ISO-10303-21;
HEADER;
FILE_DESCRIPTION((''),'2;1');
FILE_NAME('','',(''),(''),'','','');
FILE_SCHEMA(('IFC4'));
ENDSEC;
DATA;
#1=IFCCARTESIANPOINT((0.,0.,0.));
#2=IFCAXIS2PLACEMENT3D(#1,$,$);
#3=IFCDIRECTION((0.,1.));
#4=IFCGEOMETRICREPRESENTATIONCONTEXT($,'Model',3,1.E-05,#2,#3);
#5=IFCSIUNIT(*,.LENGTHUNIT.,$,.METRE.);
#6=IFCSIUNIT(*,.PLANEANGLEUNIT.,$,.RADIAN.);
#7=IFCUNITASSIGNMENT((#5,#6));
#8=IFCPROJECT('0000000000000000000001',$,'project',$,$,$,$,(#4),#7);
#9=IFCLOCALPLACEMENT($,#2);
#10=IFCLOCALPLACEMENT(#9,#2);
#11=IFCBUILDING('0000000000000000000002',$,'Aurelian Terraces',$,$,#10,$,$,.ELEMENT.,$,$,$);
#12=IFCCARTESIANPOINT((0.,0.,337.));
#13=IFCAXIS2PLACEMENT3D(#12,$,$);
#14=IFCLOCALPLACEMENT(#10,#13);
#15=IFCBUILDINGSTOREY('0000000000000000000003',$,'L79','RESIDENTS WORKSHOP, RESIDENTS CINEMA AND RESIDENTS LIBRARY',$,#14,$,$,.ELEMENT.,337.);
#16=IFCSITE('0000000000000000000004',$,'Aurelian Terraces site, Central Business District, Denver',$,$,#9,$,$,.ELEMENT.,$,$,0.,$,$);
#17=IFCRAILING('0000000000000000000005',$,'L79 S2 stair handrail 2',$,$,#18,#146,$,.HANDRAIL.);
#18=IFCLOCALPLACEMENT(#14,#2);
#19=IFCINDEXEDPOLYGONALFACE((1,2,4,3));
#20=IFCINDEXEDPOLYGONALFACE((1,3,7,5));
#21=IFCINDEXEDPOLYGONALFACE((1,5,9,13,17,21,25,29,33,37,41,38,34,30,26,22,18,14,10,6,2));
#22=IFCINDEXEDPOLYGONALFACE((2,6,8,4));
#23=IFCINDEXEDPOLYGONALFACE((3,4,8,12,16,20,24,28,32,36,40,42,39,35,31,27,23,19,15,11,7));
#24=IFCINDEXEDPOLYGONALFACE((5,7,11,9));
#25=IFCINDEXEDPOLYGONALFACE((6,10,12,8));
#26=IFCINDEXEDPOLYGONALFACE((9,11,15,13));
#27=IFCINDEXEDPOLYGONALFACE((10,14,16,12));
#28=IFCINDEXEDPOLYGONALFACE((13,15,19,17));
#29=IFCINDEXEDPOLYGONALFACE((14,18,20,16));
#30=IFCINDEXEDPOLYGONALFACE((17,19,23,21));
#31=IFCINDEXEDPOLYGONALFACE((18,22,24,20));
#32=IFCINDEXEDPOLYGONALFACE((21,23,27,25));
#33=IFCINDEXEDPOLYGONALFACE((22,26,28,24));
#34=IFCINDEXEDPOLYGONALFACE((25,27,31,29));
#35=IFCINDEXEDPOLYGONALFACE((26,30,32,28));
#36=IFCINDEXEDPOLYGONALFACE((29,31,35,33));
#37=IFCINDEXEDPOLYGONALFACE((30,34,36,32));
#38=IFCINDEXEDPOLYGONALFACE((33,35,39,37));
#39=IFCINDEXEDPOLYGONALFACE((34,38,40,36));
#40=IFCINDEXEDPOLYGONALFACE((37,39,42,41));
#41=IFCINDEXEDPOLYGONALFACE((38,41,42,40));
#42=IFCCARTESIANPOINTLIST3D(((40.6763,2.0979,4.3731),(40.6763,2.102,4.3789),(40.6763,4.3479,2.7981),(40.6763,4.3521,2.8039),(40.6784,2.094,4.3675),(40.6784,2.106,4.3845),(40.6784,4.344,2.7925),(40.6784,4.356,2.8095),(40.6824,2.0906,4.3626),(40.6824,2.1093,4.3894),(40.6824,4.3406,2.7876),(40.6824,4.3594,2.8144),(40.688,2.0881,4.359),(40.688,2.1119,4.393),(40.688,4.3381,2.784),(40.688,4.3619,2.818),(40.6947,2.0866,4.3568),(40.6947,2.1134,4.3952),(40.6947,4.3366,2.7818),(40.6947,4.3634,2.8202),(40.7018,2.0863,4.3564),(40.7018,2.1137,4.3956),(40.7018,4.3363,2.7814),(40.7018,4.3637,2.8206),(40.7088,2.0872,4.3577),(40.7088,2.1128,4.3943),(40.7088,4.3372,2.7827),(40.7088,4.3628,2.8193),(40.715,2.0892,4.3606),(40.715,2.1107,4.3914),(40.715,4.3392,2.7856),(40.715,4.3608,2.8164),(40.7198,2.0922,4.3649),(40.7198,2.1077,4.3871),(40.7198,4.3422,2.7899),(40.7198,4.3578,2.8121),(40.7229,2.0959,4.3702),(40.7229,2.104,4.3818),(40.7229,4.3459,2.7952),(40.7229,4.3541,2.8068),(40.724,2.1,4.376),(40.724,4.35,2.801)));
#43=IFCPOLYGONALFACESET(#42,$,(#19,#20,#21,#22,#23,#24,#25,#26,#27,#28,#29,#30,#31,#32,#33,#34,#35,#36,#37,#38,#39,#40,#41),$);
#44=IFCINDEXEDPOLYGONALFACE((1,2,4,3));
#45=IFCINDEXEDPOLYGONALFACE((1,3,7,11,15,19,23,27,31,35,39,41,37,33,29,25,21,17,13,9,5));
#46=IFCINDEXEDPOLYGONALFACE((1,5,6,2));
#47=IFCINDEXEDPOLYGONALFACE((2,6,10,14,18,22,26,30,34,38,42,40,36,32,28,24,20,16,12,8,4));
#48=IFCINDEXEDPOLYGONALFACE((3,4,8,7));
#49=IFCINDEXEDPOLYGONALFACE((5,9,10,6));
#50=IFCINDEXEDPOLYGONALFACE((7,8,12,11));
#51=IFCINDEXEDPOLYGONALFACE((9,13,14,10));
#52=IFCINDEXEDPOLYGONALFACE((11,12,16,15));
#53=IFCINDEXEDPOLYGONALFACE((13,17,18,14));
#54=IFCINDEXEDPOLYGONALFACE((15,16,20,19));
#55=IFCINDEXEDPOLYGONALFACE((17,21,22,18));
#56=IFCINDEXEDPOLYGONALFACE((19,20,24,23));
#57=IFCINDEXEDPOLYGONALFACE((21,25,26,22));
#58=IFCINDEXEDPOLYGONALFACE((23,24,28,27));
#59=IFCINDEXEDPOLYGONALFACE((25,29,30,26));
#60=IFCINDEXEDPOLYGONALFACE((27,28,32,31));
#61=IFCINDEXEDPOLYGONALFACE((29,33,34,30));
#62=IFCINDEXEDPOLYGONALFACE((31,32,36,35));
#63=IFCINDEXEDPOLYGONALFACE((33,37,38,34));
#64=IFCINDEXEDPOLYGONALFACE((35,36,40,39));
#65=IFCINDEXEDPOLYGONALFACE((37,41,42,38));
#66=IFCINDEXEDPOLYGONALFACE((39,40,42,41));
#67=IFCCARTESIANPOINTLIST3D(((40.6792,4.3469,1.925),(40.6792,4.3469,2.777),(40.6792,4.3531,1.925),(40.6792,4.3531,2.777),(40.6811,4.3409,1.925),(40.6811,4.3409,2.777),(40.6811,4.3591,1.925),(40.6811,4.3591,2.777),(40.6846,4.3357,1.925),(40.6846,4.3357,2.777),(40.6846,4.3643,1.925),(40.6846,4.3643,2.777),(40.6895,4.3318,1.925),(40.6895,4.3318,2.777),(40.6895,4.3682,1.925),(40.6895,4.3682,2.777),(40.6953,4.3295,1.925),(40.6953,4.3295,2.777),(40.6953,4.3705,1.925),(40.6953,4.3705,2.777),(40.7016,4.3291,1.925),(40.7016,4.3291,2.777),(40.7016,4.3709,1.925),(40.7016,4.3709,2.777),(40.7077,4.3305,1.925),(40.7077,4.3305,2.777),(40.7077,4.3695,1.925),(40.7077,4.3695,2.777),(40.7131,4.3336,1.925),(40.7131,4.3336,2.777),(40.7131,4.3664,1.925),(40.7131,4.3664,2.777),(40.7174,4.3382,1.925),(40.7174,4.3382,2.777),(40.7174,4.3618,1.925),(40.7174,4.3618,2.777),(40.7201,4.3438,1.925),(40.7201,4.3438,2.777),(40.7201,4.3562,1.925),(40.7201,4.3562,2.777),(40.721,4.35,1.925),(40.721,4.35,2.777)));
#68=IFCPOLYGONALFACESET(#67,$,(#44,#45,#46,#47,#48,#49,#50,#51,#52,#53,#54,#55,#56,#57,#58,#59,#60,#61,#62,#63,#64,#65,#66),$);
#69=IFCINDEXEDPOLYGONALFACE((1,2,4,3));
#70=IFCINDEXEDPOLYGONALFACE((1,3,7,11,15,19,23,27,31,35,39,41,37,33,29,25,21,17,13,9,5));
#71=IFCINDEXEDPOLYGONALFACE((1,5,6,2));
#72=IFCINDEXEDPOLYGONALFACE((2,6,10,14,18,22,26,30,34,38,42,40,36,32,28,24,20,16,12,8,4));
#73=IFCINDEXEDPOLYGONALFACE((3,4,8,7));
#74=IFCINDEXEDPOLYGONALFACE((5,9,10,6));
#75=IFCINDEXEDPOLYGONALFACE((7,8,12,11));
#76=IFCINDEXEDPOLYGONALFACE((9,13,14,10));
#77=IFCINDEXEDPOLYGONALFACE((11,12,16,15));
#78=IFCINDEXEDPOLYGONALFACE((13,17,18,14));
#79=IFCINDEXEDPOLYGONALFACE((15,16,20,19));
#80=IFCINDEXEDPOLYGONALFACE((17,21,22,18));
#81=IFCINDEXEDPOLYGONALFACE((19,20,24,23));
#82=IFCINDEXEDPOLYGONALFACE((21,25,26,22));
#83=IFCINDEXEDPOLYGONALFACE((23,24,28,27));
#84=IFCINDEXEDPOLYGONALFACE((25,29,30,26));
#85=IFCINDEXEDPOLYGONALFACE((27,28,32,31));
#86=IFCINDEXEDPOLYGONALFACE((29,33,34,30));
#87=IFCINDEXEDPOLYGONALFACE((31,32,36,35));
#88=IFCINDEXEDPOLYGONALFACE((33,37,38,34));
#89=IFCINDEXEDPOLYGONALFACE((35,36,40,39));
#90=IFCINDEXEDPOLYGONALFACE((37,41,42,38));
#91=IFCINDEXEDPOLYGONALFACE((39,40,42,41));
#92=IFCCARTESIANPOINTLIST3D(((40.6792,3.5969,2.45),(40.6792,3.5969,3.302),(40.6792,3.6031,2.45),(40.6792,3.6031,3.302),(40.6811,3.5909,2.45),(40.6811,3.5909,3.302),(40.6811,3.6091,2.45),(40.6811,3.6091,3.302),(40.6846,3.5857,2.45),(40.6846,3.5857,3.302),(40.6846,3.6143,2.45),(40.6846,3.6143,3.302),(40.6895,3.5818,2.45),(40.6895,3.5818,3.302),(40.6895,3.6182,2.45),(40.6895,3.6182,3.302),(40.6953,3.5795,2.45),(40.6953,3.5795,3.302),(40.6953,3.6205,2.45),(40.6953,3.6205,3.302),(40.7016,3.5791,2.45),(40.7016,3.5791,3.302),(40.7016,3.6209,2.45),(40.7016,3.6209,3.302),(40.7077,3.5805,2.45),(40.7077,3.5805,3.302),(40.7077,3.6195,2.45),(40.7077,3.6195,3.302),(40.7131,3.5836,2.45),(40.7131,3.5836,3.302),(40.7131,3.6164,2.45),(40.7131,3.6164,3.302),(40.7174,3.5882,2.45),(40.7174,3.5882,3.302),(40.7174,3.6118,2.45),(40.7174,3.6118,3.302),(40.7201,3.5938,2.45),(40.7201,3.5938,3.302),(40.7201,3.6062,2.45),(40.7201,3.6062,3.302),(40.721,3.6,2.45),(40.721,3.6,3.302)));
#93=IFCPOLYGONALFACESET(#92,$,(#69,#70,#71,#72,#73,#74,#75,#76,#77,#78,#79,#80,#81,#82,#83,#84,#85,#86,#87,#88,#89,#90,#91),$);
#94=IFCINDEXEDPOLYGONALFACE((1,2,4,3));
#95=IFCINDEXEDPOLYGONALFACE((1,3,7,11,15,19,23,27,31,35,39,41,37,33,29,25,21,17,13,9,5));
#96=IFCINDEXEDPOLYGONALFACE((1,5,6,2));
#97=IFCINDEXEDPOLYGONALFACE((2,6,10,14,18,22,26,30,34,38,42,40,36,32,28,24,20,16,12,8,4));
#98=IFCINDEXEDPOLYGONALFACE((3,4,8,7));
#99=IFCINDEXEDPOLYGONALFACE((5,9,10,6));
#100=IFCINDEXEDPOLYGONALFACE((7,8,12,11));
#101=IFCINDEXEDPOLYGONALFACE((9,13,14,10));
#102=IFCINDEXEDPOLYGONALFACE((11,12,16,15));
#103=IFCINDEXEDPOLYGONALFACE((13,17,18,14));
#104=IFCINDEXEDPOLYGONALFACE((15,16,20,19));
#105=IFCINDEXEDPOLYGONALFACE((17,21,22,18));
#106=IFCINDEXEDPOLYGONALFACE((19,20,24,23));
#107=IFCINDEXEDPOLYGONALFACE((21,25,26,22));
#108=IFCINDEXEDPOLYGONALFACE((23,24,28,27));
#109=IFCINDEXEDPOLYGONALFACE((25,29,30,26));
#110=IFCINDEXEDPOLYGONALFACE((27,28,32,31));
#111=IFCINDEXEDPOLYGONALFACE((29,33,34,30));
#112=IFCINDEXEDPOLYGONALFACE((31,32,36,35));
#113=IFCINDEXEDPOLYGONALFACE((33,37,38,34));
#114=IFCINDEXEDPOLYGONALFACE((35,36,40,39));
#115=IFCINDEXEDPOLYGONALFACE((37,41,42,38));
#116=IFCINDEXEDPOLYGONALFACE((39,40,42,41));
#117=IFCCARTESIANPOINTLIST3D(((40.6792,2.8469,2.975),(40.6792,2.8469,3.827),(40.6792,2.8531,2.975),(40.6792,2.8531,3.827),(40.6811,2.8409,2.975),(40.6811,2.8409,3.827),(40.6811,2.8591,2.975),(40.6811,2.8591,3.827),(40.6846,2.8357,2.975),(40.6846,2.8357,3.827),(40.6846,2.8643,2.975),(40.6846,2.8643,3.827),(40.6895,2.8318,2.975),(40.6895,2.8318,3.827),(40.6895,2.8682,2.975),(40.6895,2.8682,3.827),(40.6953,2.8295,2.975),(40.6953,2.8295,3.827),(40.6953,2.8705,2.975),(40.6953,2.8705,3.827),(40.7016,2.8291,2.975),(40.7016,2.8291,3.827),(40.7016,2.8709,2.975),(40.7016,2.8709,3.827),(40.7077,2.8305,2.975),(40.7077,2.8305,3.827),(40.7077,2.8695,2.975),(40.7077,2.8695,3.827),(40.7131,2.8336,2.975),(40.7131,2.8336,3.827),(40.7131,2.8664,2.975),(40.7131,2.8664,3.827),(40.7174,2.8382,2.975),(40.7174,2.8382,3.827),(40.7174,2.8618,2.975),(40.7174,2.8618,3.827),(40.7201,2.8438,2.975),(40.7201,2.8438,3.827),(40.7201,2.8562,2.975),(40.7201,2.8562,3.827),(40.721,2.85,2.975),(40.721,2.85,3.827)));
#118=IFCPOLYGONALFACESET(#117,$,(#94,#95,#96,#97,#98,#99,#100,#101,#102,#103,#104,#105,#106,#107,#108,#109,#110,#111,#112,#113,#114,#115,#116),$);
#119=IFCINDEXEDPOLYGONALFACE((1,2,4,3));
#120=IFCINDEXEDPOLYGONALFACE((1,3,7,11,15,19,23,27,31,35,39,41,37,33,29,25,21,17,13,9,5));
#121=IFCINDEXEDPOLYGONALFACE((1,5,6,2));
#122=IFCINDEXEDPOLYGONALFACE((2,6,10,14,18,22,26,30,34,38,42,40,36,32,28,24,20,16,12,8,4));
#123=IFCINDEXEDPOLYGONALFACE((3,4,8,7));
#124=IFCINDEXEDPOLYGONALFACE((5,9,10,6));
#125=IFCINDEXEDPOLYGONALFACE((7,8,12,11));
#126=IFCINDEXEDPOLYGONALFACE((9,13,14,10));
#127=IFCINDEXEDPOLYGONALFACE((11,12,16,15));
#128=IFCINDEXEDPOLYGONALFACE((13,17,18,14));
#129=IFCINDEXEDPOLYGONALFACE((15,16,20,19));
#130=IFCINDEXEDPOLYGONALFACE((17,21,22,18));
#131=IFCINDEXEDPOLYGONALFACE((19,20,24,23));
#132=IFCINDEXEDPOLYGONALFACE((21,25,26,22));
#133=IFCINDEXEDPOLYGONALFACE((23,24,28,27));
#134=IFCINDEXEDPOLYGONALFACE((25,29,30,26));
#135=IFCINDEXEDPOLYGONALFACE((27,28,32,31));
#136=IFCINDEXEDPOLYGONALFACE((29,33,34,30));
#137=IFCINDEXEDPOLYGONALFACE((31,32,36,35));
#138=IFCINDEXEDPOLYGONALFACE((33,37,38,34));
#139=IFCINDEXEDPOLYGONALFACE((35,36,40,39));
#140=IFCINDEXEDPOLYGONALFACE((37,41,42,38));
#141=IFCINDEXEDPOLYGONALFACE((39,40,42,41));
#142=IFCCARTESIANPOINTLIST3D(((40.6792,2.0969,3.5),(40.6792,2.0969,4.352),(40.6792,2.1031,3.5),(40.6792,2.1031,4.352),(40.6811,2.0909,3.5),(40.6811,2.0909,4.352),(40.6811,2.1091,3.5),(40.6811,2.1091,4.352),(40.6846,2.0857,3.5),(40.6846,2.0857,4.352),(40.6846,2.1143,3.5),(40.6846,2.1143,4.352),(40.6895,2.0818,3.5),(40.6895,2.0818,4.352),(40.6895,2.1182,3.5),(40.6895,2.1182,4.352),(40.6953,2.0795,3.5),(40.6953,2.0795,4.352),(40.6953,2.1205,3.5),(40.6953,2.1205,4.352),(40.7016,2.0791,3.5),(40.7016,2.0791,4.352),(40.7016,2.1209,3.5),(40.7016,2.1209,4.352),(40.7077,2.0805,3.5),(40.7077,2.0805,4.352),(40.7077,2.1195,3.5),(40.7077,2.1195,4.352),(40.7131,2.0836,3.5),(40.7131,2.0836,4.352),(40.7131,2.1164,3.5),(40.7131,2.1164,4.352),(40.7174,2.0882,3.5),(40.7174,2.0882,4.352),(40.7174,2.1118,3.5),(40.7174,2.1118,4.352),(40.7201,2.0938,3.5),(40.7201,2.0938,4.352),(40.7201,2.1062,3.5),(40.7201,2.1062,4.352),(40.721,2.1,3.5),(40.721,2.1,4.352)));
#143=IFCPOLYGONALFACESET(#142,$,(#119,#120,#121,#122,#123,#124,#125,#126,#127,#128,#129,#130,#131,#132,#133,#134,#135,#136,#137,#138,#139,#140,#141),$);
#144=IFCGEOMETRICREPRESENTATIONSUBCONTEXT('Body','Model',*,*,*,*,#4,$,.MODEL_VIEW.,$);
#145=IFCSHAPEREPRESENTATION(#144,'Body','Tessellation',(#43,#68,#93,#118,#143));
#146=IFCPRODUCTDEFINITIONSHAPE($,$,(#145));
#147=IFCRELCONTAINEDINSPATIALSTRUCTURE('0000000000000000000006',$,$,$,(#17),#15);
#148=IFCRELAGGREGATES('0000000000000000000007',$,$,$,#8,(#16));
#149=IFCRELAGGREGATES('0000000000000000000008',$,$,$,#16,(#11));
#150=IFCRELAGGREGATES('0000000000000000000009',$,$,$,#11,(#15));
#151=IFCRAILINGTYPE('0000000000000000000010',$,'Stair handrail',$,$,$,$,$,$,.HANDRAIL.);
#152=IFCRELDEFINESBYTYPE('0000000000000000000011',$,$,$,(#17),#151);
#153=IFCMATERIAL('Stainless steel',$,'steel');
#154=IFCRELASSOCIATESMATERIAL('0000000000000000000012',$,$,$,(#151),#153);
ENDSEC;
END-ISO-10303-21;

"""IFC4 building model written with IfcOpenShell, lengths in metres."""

from ifc_helpers import new_model, si_unit, direction, frame, origin, origin_2d, place, context, subcontext, project, spatial, circle, extrude, source, transform, mapped, material, type_object, element, save


model = new_model("IFC4")

# Units and contexts
model_context = context("Model", 3, precision=1e-05, world=origin(), true_north=direction((0.0, 1.0)))
body_context = subcontext(model_context, "Body", "Model", "MODEL_VIEW")
ifc_project = project(units=[si_unit("LENGTHUNIT", "METRE"), si_unit("PLANEANGLEUNIT", "RADIAN")], contexts=[model_context])

# Site, building, storey
site_placement = place(None, origin())
site = spatial("IfcSite", under=ifc_project, at=site_placement, Name="Aurelian Terraces site, Central Business District, Denver", CompositionType="ELEMENT", RefElevation=0.0)
building_placement = place(site_placement, origin())
building = spatial("IfcBuilding", under=site, at=building_placement, Name="Aurelian Terraces", CompositionType="ELEMENT")
storey_placement = place(building_placement, frame((0.0, 0.0, 337.0)))
storey = spatial("IfcBuildingStorey", under=building, at=storey_placement, Name="L79", Description="RESIDENTS WORKSHOP, RESIDENTS CINEMA AND RESIDENTS LIBRARY", CompositionType="ELEMENT", Elevation=337.0)

# Railing
ifc_material_1 = material(Name="Stainless steel", Category="steel")
railing_type_1 = type_object("IfcRailingType", Name="Stair handrail", PredefinedType="HANDRAIL", material=ifc_material_1)
shared_shape_1 = source(origin(), body_context, "Body", "SweptSolid", [
    extrude(circle(Radius=0.024, at=origin_2d()), frame((0.0, 0.0, 0.876), z_axis=(0.0, -0.819232, 0.573462), x_axis=(1.0, 0.0, 0.0)), (0.0, 0.0, 1.0), 2.7465),
    extrude(circle(Radius=0.021, at=origin_2d()), origin(), (0.0, 0.0, 1.0), 0.852),
    extrude(circle(Radius=0.021, at=origin_2d()), frame((0.0, -0.75, 0.525)), (0.0, 0.0, 1.0), 0.852),
    extrude(circle(Radius=0.021, at=origin_2d()), frame((0.0, -1.5, 1.05)), (0.0, 0.0, 1.0), 0.852),
    extrude(circle(Radius=0.021, at=origin_2d()), frame((0.0, -2.25, 1.575)), (0.0, 0.0, 1.0), 0.852),
])
railing_1_placement = place(storey_placement, frame((40.7, 4.35, 1.925)))
element("IfcRailing", 1, at=railing_1_placement, inside=storey, type_object=railing_type_1, Name="L79 S2 stair handrail 2", PredefinedType="HANDRAIL", context=body_context, shape_type="MappedRepresentation", body=[
    mapped(shared_shape_1, transform((0.0, 0.0, 0.0), scale=1.0)),
])

save(model, "model.ifc")
